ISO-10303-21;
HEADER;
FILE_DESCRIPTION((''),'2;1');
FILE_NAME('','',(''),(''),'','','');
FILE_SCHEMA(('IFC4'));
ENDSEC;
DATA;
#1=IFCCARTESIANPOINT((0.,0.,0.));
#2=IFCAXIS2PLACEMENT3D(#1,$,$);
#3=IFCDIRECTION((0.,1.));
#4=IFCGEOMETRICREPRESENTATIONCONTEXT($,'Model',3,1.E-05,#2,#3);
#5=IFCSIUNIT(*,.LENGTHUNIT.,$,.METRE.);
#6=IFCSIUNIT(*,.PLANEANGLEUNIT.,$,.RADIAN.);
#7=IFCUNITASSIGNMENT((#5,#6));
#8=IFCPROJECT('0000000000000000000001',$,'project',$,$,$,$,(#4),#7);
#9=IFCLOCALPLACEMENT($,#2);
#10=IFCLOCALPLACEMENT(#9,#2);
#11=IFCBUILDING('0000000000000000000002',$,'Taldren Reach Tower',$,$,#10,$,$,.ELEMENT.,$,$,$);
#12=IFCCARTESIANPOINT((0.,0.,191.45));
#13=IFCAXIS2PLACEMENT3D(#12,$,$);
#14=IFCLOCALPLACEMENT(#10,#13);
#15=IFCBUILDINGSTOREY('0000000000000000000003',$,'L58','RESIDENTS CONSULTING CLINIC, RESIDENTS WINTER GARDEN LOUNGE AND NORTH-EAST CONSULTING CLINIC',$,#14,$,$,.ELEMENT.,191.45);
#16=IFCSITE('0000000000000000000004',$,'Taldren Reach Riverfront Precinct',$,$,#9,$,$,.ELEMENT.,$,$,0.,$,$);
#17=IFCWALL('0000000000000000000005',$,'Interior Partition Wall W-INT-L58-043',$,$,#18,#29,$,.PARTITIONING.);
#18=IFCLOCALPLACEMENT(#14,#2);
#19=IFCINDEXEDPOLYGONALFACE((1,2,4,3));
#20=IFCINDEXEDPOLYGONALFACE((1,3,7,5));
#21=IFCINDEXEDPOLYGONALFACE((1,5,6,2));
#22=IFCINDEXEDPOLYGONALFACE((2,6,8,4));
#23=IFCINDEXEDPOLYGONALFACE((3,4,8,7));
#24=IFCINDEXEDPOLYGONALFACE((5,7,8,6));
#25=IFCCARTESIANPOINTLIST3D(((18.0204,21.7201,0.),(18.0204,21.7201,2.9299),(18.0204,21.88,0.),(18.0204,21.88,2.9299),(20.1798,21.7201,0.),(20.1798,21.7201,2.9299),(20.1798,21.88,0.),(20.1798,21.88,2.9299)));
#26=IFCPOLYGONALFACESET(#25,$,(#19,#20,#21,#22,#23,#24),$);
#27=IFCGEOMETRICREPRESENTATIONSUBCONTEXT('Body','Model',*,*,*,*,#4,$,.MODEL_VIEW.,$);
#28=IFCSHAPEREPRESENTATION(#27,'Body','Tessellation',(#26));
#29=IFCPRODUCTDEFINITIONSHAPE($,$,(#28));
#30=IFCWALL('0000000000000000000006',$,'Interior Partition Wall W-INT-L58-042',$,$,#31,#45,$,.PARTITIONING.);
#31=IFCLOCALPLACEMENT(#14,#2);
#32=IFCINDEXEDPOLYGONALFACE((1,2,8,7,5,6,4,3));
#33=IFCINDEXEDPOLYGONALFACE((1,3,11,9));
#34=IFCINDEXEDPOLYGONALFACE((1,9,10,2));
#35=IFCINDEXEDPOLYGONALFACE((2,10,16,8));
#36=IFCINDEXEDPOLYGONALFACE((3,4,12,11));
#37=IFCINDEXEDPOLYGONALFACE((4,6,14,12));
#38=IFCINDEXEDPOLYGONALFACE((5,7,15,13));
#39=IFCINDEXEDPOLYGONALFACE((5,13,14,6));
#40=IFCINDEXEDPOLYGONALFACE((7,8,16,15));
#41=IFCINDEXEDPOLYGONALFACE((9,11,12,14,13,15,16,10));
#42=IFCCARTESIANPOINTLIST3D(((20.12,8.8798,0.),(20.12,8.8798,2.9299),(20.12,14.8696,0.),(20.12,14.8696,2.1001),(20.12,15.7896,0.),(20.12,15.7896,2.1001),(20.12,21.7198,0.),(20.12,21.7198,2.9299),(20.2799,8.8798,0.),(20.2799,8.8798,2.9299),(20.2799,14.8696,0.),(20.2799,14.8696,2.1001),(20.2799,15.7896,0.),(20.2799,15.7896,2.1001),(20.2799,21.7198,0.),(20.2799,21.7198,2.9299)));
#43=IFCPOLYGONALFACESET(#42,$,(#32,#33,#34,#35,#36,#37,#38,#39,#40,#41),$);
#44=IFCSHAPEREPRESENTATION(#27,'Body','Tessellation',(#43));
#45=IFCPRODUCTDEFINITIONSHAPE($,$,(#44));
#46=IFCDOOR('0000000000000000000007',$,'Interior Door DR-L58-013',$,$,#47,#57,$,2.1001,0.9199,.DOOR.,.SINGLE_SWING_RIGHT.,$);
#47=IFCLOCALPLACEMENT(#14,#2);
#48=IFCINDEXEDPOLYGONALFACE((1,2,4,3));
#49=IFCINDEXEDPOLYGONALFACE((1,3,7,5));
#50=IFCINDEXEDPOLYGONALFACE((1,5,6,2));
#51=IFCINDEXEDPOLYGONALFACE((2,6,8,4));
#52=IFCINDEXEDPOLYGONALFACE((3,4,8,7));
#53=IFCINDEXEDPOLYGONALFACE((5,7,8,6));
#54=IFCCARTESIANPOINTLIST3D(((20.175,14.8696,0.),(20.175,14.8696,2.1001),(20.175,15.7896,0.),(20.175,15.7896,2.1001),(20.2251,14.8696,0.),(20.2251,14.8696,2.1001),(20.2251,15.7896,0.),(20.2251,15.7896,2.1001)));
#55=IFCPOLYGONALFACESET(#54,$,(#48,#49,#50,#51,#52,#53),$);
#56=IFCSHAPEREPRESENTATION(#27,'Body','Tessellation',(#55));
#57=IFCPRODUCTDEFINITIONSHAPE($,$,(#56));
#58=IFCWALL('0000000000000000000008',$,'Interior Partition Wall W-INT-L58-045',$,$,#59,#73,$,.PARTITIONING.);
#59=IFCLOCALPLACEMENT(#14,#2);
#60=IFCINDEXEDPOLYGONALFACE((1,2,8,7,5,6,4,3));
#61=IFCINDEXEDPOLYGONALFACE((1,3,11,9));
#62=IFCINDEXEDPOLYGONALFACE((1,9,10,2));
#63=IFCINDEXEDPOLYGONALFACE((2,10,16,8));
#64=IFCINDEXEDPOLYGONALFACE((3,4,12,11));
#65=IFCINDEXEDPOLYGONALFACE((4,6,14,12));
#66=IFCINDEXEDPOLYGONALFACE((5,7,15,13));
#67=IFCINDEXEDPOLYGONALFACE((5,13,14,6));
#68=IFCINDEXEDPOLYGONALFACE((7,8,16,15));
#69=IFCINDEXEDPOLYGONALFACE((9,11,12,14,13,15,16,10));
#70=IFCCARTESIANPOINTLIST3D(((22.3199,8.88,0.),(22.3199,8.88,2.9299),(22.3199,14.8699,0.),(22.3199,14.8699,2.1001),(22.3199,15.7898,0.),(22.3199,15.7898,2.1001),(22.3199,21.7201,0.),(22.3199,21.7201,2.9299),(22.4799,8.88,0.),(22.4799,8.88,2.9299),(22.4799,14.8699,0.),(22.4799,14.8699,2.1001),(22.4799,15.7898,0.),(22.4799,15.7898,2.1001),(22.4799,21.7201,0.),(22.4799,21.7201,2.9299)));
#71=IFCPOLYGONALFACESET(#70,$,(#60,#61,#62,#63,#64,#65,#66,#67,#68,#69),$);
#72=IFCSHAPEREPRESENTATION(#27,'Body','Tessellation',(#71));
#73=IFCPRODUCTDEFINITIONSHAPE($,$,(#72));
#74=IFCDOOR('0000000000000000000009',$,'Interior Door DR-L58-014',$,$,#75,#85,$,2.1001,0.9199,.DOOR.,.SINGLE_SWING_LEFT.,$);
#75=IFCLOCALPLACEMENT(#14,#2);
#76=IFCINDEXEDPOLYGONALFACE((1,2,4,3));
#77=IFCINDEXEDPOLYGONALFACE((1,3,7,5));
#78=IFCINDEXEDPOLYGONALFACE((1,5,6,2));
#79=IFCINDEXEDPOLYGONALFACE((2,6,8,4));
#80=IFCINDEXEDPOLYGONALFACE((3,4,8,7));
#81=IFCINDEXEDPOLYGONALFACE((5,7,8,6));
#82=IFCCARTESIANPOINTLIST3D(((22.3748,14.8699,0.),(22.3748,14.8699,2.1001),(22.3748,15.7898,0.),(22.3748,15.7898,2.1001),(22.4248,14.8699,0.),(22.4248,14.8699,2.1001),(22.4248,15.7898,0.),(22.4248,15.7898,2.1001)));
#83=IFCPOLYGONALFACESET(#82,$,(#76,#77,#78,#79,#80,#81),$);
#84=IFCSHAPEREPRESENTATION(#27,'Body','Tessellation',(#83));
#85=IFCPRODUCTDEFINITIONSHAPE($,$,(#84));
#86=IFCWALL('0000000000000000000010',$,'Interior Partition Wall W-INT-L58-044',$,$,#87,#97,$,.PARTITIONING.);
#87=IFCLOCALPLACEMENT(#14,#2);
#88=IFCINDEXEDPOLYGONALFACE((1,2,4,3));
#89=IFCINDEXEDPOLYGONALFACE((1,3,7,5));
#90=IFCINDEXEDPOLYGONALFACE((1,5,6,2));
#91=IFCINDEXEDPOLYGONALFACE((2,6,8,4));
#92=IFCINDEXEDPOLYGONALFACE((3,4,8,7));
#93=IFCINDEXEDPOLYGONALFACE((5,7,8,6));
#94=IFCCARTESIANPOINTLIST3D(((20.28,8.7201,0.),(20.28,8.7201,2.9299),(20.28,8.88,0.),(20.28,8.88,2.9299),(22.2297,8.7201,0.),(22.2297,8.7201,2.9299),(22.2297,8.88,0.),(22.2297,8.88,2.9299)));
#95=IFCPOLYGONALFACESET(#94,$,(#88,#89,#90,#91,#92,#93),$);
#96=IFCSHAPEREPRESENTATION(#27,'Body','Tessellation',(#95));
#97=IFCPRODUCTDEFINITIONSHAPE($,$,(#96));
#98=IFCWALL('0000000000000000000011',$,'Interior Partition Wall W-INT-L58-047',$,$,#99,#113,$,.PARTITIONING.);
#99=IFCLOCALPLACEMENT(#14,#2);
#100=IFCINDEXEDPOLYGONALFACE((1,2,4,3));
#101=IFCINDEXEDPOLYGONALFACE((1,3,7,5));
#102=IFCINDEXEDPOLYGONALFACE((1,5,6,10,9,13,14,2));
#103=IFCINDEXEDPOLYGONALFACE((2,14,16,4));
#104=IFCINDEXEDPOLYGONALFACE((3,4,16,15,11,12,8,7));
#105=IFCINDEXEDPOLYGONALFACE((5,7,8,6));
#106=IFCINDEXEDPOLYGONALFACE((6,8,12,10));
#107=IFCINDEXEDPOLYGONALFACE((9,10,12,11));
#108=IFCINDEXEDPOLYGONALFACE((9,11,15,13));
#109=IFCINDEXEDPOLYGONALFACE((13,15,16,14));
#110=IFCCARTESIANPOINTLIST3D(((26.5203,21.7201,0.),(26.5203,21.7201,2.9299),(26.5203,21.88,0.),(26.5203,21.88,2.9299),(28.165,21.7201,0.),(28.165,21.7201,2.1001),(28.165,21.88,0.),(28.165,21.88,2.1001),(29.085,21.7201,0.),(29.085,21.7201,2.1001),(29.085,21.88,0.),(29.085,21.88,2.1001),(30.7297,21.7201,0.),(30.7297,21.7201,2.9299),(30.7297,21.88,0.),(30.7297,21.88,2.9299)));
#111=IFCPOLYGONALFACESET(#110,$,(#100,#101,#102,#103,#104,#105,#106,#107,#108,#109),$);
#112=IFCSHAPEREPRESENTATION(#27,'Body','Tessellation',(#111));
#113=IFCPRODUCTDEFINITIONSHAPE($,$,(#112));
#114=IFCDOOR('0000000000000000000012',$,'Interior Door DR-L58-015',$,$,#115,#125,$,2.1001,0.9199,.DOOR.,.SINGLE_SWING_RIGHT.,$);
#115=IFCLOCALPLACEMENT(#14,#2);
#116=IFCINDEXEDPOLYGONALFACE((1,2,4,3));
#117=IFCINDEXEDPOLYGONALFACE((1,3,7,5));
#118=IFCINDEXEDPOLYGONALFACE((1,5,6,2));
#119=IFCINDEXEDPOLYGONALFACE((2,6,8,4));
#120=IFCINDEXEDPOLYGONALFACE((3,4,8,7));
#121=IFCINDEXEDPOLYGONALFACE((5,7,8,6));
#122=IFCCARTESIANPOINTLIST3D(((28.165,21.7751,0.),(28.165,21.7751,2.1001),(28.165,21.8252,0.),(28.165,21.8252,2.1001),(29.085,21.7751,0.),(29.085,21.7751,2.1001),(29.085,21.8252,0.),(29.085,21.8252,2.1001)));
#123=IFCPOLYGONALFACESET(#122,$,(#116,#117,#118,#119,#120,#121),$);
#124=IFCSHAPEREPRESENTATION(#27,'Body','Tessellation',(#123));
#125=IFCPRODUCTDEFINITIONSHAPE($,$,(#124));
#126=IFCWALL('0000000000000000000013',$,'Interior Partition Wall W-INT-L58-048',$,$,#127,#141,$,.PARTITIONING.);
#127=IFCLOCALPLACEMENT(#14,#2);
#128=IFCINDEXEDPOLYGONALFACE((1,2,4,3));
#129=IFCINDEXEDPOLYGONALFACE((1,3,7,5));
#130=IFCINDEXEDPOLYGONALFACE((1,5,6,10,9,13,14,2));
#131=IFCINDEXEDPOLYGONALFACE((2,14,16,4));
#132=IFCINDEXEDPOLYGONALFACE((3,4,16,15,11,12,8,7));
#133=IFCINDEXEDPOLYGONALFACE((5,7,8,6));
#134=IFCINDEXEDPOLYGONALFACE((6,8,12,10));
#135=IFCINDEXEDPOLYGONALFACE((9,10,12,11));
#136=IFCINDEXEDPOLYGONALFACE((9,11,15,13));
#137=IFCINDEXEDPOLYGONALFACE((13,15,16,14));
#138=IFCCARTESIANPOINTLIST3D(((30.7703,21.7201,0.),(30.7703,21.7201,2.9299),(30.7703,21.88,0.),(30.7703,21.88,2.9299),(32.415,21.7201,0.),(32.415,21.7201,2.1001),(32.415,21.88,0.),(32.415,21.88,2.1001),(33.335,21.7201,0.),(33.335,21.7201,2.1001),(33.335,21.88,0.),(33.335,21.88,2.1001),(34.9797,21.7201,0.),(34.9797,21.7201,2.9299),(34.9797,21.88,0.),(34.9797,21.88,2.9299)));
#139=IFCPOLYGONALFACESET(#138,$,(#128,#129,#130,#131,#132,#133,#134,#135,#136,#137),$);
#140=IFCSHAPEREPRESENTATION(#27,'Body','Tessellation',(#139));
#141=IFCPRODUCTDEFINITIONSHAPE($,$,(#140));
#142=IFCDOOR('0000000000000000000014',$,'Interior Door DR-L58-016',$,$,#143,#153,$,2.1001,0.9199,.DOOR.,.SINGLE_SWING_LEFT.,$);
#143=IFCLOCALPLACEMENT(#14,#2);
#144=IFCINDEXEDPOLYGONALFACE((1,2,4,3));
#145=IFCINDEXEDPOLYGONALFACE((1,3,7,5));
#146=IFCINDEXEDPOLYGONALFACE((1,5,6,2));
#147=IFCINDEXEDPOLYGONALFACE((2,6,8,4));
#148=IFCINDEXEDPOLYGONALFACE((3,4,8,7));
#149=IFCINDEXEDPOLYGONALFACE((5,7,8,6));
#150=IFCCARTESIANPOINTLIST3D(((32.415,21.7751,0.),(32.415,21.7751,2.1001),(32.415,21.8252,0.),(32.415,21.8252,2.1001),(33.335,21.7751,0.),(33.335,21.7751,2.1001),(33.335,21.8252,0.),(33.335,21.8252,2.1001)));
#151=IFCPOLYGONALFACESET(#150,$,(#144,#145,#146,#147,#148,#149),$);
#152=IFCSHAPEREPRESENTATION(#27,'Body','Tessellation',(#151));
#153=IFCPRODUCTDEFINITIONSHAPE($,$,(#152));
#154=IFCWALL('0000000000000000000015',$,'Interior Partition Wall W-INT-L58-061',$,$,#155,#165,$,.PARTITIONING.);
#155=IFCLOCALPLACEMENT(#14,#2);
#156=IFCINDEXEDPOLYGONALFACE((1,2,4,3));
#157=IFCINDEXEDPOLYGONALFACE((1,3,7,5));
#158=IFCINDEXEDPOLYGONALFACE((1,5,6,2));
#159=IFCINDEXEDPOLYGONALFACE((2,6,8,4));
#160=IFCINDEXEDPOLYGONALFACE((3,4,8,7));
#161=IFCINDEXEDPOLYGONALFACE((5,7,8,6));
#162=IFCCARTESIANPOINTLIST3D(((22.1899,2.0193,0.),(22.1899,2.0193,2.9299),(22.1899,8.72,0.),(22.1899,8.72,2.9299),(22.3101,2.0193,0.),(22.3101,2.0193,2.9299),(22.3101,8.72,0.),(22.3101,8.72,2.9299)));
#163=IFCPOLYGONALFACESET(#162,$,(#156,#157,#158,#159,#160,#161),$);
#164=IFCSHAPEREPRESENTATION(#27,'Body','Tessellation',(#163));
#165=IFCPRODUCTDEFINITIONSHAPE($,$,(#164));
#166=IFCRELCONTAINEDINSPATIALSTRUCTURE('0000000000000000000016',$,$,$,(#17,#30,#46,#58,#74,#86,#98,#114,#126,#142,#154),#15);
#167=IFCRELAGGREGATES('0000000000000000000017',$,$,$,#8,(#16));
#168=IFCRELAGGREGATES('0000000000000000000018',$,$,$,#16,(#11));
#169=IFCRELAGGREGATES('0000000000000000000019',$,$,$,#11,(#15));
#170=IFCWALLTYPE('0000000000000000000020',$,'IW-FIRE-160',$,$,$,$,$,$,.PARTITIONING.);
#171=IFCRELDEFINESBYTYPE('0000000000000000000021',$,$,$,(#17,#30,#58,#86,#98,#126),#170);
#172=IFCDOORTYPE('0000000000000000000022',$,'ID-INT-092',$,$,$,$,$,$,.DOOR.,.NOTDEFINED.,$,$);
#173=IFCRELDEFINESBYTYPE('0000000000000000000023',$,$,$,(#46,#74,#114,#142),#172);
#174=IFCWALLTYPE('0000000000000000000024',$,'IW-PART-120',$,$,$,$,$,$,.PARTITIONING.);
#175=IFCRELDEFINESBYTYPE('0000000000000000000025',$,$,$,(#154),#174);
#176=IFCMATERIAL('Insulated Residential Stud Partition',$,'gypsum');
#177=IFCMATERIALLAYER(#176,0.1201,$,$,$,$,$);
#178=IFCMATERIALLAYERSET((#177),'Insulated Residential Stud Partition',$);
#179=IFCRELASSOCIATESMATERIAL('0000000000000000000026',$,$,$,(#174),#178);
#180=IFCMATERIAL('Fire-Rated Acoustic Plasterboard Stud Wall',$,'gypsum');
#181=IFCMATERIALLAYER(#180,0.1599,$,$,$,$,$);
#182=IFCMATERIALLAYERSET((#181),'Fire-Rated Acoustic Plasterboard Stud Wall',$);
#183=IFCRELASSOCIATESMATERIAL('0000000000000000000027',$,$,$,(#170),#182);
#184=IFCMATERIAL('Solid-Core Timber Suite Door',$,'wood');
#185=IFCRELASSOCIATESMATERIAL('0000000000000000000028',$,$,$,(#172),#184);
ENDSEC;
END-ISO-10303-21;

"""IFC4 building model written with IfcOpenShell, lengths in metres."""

from ifc_helpers import new_model, si_unit, direction, frame, frame_2d, origin, place, context, subcontext, project, spatial, rectangle, extrude, source, transform, mapped, material, layer, layer_set, type_object, element, fill, save


model = new_model("IFC4")

# Units and contexts
model_context = context("Model", 3, precision=1e-05, world=origin(), true_north=direction((0.0, 1.0)))
body_context = subcontext(model_context, "Body", "Model", "MODEL_VIEW")
ifc_project = project(units=[si_unit("LENGTHUNIT", "METRE"), si_unit("PLANEANGLEUNIT", "RADIAN")], contexts=[model_context])

# Site, building, storey
site_placement = place(None, origin())
site = spatial("IfcSite", under=ifc_project, at=site_placement, Name="Taldren Reach Riverfront Precinct", CompositionType="ELEMENT", RefElevation=0.0)
building_placement = place(site_placement, origin())
building = spatial("IfcBuilding", under=site, at=building_placement, Name="Taldren Reach Tower", CompositionType="ELEMENT")
storey_placement = place(building_placement, frame((0.0, 0.0, 191.45)))
storey = spatial("IfcBuildingStorey", under=building, at=storey_placement, Name="L58", Description="RESIDENTS CONSULTING CLINIC, RESIDENTS WINTER GARDEN LOUNGE AND NORTH-EAST CONSULTING CLINIC", CompositionType="ELEMENT", Elevation=191.45)

# Wall
ifc_material_1 = material(Name="Insulated Residential Stud Partition", Category="gypsum")
ifc_layer_1 = layer(ifc_material_1, 0.1201)
ifc_layer_set_1 = layer_set([ifc_layer_1], Name="Insulated Residential Stud Partition")
wall_type_1 = type_object("IfcWallType", Name="IW-PART-120", PredefinedType="PARTITIONING", material=ifc_layer_set_1)
ifc_material_2 = material(Name="Fire-Rated Acoustic Plasterboard Stud Wall", Category="gypsum")
ifc_layer_2 = layer(ifc_material_2, 0.1599)
ifc_layer_set_2 = layer_set([ifc_layer_2], Name="Fire-Rated Acoustic Plasterboard Stud Wall")
wall_type_2 = type_object("IfcWallType", Name="IW-FIRE-160", PredefinedType="PARTITIONING", material=ifc_layer_set_2)
shared_shape_1 = source(origin(), body_context, "Body", "SweptSolid", [
    extrude(rectangle(XDim=2.1594, YDim=0.1599, at=frame_2d((1.0796, 0.0))), origin(), (0.0, 0.0, 1.0), 2.9299),
])
wall_1_placement = place(storey_placement, frame((20.1797, 21.8, 0.0), z_axis=(0.0, 0.0, 1.0), x_axis=(-1.0, 0.0, 0.0)))
element("IfcWall", 1, at=wall_1_placement, inside=storey, type_object=wall_type_2, Name="Interior Partition Wall W-INT-L58-043", PredefinedType="PARTITIONING", context=body_context, shape_type="MappedRepresentation", body=[
    mapped(shared_shape_1, transform((0.0, 0.0, 0.0), scale=1.0)),
])

# Walls, openings, doors
shared_shape_2 = source(origin(), body_context, "Body", "SweptSolid", [
    extrude(rectangle(XDim=12.8401, YDim=0.1599, at=frame_2d((6.4199, 0.0))), origin(), (0.0, 0.0, 1.0), 2.9299),
])
wall_2_placement = place(storey_placement, frame((20.2, 8.8799, 0.0), z_axis=(0.0, 0.0, 1.0), x_axis=(0.0, 1.0, 0.0)))
wall_2 = element("IfcWall", 2, at=wall_2_placement, inside=storey, type_object=wall_type_2, Name="Interior Partition Wall W-INT-L58-042", PredefinedType="PARTITIONING", context=body_context, shape_type="MappedRepresentation", body=[
    mapped(shared_shape_2, transform((0.0, 0.0, 0.0), scale=1.0)),
])
shared_shape_3 = source(origin(), body_context, "Body", "SweptSolid", [
    extrude(rectangle(XDim=0.9199, YDim=2.1001, at=frame_2d((0.46, 1.05))), frame((0.0, 0.0898, 0.0), z_axis=(0.0, -1.0, 0.0), x_axis=(1.0, 0.0, 0.0)), (0.0, 0.0, 1.0), 0.1799),
])
opening_1_placement = place(wall_2_placement, frame((5.9897, 0.0, 0.0)))
opening_1 = element("IfcOpeningElement", 3, at=opening_1_placement, cuts=wall_2, PredefinedType="OPENING", context=body_context, shape_type="MappedRepresentation", body=[
    mapped(shared_shape_3, transform((0.0, 0.0, 0.0), scale=1.0)),
])
ifc_material_3 = material(Name="Solid-Core Timber Suite Door", Category="wood")
door_type = type_object("IfcDoorType", Name="ID-INT-092", OperationType="NOTDEFINED", PredefinedType="DOOR", material=ifc_material_3)
shared_shape_4 = source(origin(), body_context, "Body", "SweptSolid", [
    extrude(rectangle(XDim=0.9199, YDim=2.1001, at=frame_2d((0.46, 1.05))), frame((0.0, 0.0249, 0.0), z_axis=(0.0, -1.0, 0.0), x_axis=(1.0, 0.0, 0.0)), (0.0, 0.0, 1.0), 0.05),
])
door_1_placement = place(opening_1_placement, origin())
door_1 = element("IfcDoor", 4, at=door_1_placement, inside=storey, type_object=door_type, Name="Interior Door DR-L58-013", OperationType="SINGLE_SWING_RIGHT", OverallHeight=2.1001, OverallWidth=0.9199, PredefinedType="DOOR", context=body_context, shape_type="MappedRepresentation", body=[
    mapped(shared_shape_4, transform((0.0, 0.0, 0.0), scale=1.0)),
])
fill(opening_1, door_1)
wall_3_placement = place(storey_placement, frame((22.3999, 21.72, 0.0), z_axis=(0.0, 0.0, 1.0), x_axis=(0.0, -1.0, 0.0)))
wall_3 = element("IfcWall", 5, at=wall_3_placement, inside=storey, type_object=wall_type_2, Name="Interior Partition Wall W-INT-L58-045", PredefinedType="PARTITIONING", context=body_context, shape_type="MappedRepresentation", body=[
    mapped(shared_shape_2, transform((0.0, 0.0, 0.0), scale=1.0)),
])
opening_2_placement = place(wall_3_placement, frame((5.9302, 0.0, 0.0)))
opening_2 = element("IfcOpeningElement", 6, at=opening_2_placement, cuts=wall_3, PredefinedType="OPENING", context=body_context, shape_type="MappedRepresentation", body=[
    mapped(shared_shape_3, transform((0.0, 0.0, 0.0), scale=1.0)),
])
door_2_placement = place(opening_2_placement, origin())
door_2 = element("IfcDoor", 7, at=door_2_placement, inside=storey, type_object=door_type, Name="Interior Door DR-L58-014", OperationType="SINGLE_SWING_LEFT", OverallHeight=2.1001, OverallWidth=0.9199, PredefinedType="DOOR", context=body_context, shape_type="MappedRepresentation", body=[
    mapped(shared_shape_4, transform((0.0, 0.0, 0.0), scale=1.0)),
])
fill(opening_2, door_2)

# Wall
shared_shape_5 = source(origin(), body_context, "Body", "SweptSolid", [
    extrude(rectangle(XDim=1.9497, YDim=0.1599, at=frame_2d((0.9749, 0.0))), origin(), (0.0, 0.0, 1.0), 2.9299),
])
wall_4_placement = place(storey_placement, frame((22.2297, 8.8, 0.0), z_axis=(0.0, 0.0, 1.0), x_axis=(-1.0, 0.0, 0.0)))
element("IfcWall", 8, at=wall_4_placement, inside=storey, type_object=wall_type_2, Name="Interior Partition Wall W-INT-L58-044", PredefinedType="PARTITIONING", context=body_context, shape_type="MappedRepresentation", body=[
    mapped(shared_shape_5, transform((0.0, 0.0, 0.0), scale=1.0)),
])

# Walls, openings, doors
shared_shape_6 = source(origin(), body_context, "Body", "SweptSolid", [
    extrude(rectangle(XDim=4.2095, YDim=0.1599, at=frame_2d((2.1047, 0.0))), origin(), (0.0, 0.0, 1.0), 2.9299),
])
wall_5_placement = place(storey_placement, frame((30.7297, 21.8, 0.0), z_axis=(0.0, 0.0, 1.0), x_axis=(-1.0, 0.0, 0.0)))
wall_5 = element("IfcWall", 9, at=wall_5_placement, inside=storey, type_object=wall_type_2, Name="Interior Partition Wall W-INT-L58-047", PredefinedType="PARTITIONING", context=body_context, shape_type="MappedRepresentation", body=[
    mapped(shared_shape_6, transform((0.0, 0.0, 0.0), scale=1.0)),
])
opening_3_placement = place(wall_5_placement, frame((1.6448, 0.0, 0.0)))
opening_3 = element("IfcOpeningElement", 10, at=opening_3_placement, cuts=wall_5, PredefinedType="OPENING", context=body_context, shape_type="MappedRepresentation", body=[
    mapped(shared_shape_3, transform((0.0, 0.0, 0.0), scale=1.0)),
])
door_3_placement = place(opening_3_placement, origin())
door_3 = element("IfcDoor", 11, at=door_3_placement, inside=storey, type_object=door_type, Name="Interior Door DR-L58-015", OperationType="SINGLE_SWING_RIGHT", OverallHeight=2.1001, OverallWidth=0.9199, PredefinedType="DOOR", context=body_context, shape_type="MappedRepresentation", body=[
    mapped(shared_shape_4, transform((0.0, 0.0, 0.0), scale=1.0)),
])
fill(opening_3, door_3)
wall_6_placement = place(storey_placement, frame((34.9797, 21.8, 0.0), z_axis=(0.0, 0.0, 1.0), x_axis=(-1.0, 0.0, 0.0)))
wall_6 = element("IfcWall", 12, at=wall_6_placement, inside=storey, type_object=wall_type_2, Name="Interior Partition Wall W-INT-L58-048", PredefinedType="PARTITIONING", context=body_context, shape_type="MappedRepresentation", body=[
    mapped(shared_shape_6, transform((0.0, 0.0, 0.0), scale=1.0)),
])
opening_4_placement = place(wall_6_placement, frame((1.6448, 0.0, 0.0)))
opening_4 = element("IfcOpeningElement", 13, at=opening_4_placement, cuts=wall_6, PredefinedType="OPENING", context=body_context, shape_type="MappedRepresentation", body=[
    mapped(shared_shape_3, transform((0.0, 0.0, 0.0), scale=1.0)),
])
door_4_placement = place(opening_4_placement, origin())
door_4 = element("IfcDoor", 14, at=door_4_placement, inside=storey, type_object=door_type, Name="Interior Door DR-L58-016", OperationType="SINGLE_SWING_LEFT", OverallHeight=2.1001, OverallWidth=0.9199, PredefinedType="DOOR", context=body_context, shape_type="MappedRepresentation", body=[
    mapped(shared_shape_4, transform((0.0, 0.0, 0.0), scale=1.0)),
])
fill(opening_4, door_4)

# Wall
shared_shape_7 = source(origin(), body_context, "Body", "SweptSolid", [
    extrude(rectangle(XDim=6.7007, YDim=0.1201, at=frame_2d((3.3503, 0.0))), origin(), (0.0, 0.0, 1.0), 2.9299),
])
wall_7_placement = place(storey_placement, frame((22.25, 8.72, 0.0), z_axis=(0.0, 0.0, 1.0), x_axis=(0.0, -1.0, 0.0)))
element("IfcWall", 15, at=wall_7_placement, inside=storey, type_object=wall_type_1, Name="Interior Partition Wall W-INT-L58-061", PredefinedType="PARTITIONING", context=body_context, shape_type="MappedRepresentation", body=[
    mapped(shared_shape_7, transform((0.0, 0.0, 0.0), scale=1.0)),
])

save(model, "model.ifc")
